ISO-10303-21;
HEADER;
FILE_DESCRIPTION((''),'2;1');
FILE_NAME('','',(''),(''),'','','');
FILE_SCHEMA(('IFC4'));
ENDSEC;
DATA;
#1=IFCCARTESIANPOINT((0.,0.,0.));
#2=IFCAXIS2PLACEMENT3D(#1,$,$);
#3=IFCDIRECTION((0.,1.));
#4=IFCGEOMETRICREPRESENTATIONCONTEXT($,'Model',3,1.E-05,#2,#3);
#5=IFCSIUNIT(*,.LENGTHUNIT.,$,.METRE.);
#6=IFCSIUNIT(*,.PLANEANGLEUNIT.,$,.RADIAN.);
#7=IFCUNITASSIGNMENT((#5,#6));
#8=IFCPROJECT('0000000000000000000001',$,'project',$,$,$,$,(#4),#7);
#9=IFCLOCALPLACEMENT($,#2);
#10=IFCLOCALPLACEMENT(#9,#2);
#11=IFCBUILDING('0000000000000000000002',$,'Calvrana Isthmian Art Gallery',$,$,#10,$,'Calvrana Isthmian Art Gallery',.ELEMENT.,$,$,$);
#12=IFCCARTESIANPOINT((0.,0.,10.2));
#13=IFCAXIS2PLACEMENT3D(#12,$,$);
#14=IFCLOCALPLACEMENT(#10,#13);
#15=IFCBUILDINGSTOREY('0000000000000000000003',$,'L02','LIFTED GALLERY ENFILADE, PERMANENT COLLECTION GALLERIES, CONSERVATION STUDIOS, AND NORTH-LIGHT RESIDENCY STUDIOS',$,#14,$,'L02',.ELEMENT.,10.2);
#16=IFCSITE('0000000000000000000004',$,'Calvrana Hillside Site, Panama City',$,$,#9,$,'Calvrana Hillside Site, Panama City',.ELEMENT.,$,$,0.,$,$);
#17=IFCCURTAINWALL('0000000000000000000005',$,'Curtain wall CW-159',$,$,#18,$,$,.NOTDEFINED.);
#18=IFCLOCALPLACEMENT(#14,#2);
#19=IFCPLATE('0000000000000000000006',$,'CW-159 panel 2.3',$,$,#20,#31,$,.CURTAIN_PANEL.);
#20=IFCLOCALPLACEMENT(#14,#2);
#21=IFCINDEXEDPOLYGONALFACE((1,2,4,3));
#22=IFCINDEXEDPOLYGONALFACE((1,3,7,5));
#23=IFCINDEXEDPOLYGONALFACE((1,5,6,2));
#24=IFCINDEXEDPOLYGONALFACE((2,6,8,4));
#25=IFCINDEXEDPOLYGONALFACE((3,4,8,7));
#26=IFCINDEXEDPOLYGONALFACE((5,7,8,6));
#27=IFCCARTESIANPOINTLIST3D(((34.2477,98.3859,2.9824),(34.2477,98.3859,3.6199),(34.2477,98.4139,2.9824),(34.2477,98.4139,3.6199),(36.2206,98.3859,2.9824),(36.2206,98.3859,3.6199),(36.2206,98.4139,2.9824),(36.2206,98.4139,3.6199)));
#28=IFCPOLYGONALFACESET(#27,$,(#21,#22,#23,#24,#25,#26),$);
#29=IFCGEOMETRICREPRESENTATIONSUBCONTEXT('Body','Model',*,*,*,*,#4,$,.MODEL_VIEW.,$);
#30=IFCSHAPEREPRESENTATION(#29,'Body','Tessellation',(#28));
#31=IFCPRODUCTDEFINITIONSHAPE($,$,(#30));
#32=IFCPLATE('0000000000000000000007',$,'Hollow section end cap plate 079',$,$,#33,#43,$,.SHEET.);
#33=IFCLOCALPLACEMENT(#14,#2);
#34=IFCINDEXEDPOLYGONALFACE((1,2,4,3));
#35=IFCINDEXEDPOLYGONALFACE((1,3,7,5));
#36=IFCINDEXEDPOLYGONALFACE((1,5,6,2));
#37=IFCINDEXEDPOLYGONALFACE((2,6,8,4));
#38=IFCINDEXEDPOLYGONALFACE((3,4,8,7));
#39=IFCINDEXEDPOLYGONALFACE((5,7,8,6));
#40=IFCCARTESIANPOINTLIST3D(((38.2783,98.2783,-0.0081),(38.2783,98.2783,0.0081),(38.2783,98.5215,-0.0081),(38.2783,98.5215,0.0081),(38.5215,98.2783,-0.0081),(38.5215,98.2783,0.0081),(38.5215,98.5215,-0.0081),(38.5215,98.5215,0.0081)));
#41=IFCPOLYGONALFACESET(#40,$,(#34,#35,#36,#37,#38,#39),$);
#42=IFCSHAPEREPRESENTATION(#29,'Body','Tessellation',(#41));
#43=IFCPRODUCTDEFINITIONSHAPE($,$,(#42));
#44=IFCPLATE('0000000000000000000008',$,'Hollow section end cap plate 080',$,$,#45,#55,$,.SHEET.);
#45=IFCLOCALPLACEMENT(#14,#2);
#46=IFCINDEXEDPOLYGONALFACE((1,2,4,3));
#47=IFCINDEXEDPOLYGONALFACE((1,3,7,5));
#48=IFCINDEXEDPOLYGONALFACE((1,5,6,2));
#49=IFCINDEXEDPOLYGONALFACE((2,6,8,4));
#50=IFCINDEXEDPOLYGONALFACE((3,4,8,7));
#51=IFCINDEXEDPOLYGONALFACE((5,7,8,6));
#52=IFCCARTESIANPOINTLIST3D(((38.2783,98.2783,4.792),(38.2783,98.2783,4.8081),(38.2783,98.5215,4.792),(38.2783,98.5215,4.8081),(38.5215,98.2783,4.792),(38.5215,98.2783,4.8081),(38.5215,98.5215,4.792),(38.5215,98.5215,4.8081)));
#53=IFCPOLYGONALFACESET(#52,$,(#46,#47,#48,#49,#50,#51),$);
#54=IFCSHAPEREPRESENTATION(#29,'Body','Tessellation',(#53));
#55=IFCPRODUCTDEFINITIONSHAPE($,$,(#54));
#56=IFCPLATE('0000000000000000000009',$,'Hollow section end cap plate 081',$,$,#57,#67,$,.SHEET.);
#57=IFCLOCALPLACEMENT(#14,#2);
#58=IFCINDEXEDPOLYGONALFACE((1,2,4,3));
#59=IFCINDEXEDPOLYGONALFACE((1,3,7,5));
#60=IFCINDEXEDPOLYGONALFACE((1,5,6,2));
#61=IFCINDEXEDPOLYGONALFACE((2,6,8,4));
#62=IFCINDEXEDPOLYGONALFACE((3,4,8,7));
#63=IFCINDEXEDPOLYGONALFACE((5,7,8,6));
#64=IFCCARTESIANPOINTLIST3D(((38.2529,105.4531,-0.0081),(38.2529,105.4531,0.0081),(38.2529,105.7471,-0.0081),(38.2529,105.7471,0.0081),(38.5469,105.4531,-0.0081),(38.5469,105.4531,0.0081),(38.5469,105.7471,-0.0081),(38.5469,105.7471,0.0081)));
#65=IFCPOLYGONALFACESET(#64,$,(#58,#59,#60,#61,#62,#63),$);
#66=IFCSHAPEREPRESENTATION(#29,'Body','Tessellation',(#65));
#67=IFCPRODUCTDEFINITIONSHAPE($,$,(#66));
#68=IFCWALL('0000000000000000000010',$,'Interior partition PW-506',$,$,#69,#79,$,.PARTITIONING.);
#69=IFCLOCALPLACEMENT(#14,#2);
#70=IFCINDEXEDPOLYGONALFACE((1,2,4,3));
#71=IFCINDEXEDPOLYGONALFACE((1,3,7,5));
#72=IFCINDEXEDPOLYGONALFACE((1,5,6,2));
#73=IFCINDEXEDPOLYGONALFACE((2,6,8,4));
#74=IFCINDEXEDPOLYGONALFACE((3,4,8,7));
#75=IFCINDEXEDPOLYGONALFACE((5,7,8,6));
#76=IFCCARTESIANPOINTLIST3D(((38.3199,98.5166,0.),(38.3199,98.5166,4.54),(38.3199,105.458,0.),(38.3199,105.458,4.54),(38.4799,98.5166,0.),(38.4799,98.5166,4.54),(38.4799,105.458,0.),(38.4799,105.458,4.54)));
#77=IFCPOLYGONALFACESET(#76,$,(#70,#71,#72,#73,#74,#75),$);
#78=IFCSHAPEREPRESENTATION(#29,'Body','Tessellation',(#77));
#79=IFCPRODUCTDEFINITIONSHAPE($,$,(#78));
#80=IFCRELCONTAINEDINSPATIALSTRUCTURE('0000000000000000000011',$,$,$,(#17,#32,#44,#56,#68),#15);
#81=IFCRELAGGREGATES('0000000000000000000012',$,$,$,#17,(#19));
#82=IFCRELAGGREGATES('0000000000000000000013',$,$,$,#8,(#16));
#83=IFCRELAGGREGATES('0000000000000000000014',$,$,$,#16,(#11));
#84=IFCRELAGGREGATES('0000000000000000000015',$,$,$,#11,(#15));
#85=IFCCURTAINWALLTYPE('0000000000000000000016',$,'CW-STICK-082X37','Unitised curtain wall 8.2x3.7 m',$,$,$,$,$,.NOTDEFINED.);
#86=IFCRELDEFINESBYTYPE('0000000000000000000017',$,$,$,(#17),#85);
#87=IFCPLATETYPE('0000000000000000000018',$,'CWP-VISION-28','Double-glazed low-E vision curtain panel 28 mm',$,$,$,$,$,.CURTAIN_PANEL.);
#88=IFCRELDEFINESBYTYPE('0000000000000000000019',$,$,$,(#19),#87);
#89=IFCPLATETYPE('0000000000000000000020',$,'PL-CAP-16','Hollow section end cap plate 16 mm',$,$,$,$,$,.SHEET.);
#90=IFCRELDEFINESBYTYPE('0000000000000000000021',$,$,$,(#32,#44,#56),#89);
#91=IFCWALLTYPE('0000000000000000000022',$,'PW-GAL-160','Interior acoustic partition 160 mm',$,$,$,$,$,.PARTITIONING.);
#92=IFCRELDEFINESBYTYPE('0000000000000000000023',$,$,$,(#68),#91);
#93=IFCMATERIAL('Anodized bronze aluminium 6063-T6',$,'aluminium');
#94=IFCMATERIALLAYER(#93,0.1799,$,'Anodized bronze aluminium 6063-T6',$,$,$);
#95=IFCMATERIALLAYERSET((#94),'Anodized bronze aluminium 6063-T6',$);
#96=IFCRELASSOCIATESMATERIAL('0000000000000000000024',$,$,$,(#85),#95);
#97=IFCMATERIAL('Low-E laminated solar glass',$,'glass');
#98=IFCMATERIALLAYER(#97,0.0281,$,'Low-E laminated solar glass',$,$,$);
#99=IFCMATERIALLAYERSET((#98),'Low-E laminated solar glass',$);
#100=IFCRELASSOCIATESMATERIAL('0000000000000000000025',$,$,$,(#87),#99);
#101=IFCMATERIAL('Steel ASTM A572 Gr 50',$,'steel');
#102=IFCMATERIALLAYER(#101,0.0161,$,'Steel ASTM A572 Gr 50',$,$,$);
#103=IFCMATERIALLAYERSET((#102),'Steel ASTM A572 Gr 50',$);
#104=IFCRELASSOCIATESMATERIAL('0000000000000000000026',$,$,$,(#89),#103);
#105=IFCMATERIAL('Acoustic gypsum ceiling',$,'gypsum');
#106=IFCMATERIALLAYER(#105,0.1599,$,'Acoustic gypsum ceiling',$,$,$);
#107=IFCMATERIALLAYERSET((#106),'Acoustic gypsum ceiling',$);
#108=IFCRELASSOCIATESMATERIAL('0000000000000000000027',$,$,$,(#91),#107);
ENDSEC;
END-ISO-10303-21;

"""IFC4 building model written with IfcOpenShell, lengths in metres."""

from ifc_helpers import new_model, si_unit, direction, frame, frame_2d, origin, origin_2d, place, context, subcontext, project, spatial, rectangle, extrude, material, layer, layer_set, type_object, element, aggregate, save


model = new_model("IFC4")

# Units and contexts
model_context = context("Model", 3, precision=1e-05, world=origin(), true_north=direction((0.0, 1.0)))
body_context = subcontext(model_context, "Body", "Model", "MODEL_VIEW")
ifc_project = project(units=[si_unit("LENGTHUNIT", "METRE"), si_unit("PLANEANGLEUNIT", "RADIAN")], contexts=[model_context])

# Site, building, storey
site_placement = place(None, origin())
site = spatial("IfcSite", under=ifc_project, at=site_placement, Name="Calvrana Hillside Site, Panama City", LongName="Calvrana Hillside Site, Panama City", CompositionType="ELEMENT", RefElevation=0.0)
building_placement = place(site_placement, origin())
building = spatial("IfcBuilding", under=site, at=building_placement, Name="Calvrana Isthmian Art Gallery", LongName="Calvrana Isthmian Art Gallery", CompositionType="ELEMENT")
storey_placement = place(building_placement, frame((0.0, 0.0, 10.2)))
storey = spatial("IfcBuildingStorey", under=building, at=storey_placement, Name="L02", Description="LIFTED GALLERY ENFILADE, PERMANENT COLLECTION GALLERIES, CONSERVATION STUDIOS, AND NORTH-LIGHT RESIDENCY STUDIOS", LongName="L02", CompositionType="ELEMENT", Elevation=10.2)

# Curtain wall, plate
ifc_material_1 = material(Name="Anodized bronze aluminium 6063-T6", Category="aluminium")
ifc_layer_1 = layer(ifc_material_1, 0.1799, Name="Anodized bronze aluminium 6063-T6")
ifc_layer_set_1 = layer_set([ifc_layer_1], Name="Anodized bronze aluminium 6063-T6")
curtain_wall_type = type_object("IfcCurtainWallType", Name="CW-STICK-082X37", Description="Unitised curtain wall 8.2x3.7 m", PredefinedType="NOTDEFINED", material=ifc_layer_set_1)
curtain_wall_placement = place(storey_placement, origin())
curtain_wall = element("IfcCurtainWall", 1, at=curtain_wall_placement, inside=storey, type_object=curtain_wall_type, Name="Curtain wall CW-159", PredefinedType="NOTDEFINED")
ifc_material_2 = material(Name="Low-E laminated solar glass", Category="glass")
ifc_layer_2 = layer(ifc_material_2, 0.0281, Name="Low-E laminated solar glass")
ifc_layer_set_2 = layer_set([ifc_layer_2], Name="Low-E laminated solar glass")
plate_type_1 = type_object("IfcPlateType", Name="CWP-VISION-28", Description="Double-glazed low-E vision curtain panel 28 mm", PredefinedType="CURTAIN_PANEL", material=ifc_layer_set_2)
plate_1_placement = place(storey_placement, frame((35.2341, 98.3999, 2.9824), z_axis=(0.0, 0.0, 1.0), x_axis=(-1.0, 0.0, 0.0)))
plate_1 = element("IfcPlate", 2, at=plate_1_placement, type_object=plate_type_1, Name="CW-159 panel 2.3", PredefinedType="CURTAIN_PANEL", context=body_context, shape_type="SweptSolid", body=[
    extrude(rectangle(XDim=1.9729, YDim=0.0281, at=origin_2d()), origin(), (0.0, 0.0, 1.0), 0.6375),
])
aggregate(curtain_wall, [plate_1])

# Plates
ifc_material_3 = material(Name="Steel ASTM A572 Gr 50", Category="steel")
ifc_layer_3 = layer(ifc_material_3, 0.0161, Name="Steel ASTM A572 Gr 50")
ifc_layer_set_3 = layer_set([ifc_layer_3], Name="Steel ASTM A572 Gr 50")
plate_type_2 = type_object("IfcPlateType", Name="PL-CAP-16", Description="Hollow section end cap plate 16 mm", PredefinedType="SHEET", material=ifc_layer_set_3)
for number, where, z_axis, x_axis, name in (
    (3, (38.3999, 98.3999, -0.0081), (0.0, 0.0, 1.0), (1.0, 0.0, 0.0), "Hollow section end cap plate 079"),
    (4, (38.3999, 98.3999, 4.792), (0.0, 0.0, 1.0), (1.0, 0.0, 0.0), "Hollow section end cap plate 080"),
):
    element("IfcPlate", number, at=place(storey_placement, frame(where, z_axis=z_axis, x_axis=x_axis)), inside=storey, type_object=plate_type_2, Name=name, PredefinedType="SHEET", context=body_context, shape_type="SweptSolid", body=[
        extrude(rectangle(XDim=0.2432, YDim=0.2432, at=origin_2d()), origin(), (0.0, 0.0, 1.0), 0.0161),
    ])
plate_2_placement = place(storey_placement, frame((38.3999, 105.6001, -0.0081), z_axis=(0.0, 0.0, 1.0), x_axis=(1.0, 0.0, 0.0)))
element("IfcPlate", 5, at=plate_2_placement, inside=storey, type_object=plate_type_2, Name="Hollow section end cap plate 081", PredefinedType="SHEET", context=body_context, shape_type="SweptSolid", body=[
    extrude(rectangle(XDim=0.2939, YDim=0.2939, at=origin_2d()), origin(), (0.0, 0.0, 1.0), 0.0161),
])

# Wall
ifc_material_4 = material(Name="Acoustic gypsum ceiling", Category="gypsum")
ifc_layer_4 = layer(ifc_material_4, 0.1599, Name="Acoustic gypsum ceiling")
ifc_layer_set_4 = layer_set([ifc_layer_4], Name="Acoustic gypsum ceiling")
wall_type = type_object("IfcWallType", Name="PW-GAL-160", Description="Interior acoustic partition 160 mm", PredefinedType="PARTITIONING", material=ifc_layer_set_4)
wall_placement = place(storey_placement, frame((38.3999, 98.5166, 0.0), z_axis=(0.0, 0.0, 1.0), x_axis=(0.0, 1.0, 0.0)))
element("IfcWall", 6, at=wall_placement, inside=storey, type_object=wall_type, Name="Interior partition PW-506", PredefinedType="PARTITIONING", context=body_context, shape_type="SweptSolid", body=[
    extrude(rectangle(XDim=6.9414, YDim=0.1599, at=frame_2d((3.4707, 0.0))), origin(), (0.0, 0.0, 1.0), 4.54),
])

save(model, "model.ifc")
